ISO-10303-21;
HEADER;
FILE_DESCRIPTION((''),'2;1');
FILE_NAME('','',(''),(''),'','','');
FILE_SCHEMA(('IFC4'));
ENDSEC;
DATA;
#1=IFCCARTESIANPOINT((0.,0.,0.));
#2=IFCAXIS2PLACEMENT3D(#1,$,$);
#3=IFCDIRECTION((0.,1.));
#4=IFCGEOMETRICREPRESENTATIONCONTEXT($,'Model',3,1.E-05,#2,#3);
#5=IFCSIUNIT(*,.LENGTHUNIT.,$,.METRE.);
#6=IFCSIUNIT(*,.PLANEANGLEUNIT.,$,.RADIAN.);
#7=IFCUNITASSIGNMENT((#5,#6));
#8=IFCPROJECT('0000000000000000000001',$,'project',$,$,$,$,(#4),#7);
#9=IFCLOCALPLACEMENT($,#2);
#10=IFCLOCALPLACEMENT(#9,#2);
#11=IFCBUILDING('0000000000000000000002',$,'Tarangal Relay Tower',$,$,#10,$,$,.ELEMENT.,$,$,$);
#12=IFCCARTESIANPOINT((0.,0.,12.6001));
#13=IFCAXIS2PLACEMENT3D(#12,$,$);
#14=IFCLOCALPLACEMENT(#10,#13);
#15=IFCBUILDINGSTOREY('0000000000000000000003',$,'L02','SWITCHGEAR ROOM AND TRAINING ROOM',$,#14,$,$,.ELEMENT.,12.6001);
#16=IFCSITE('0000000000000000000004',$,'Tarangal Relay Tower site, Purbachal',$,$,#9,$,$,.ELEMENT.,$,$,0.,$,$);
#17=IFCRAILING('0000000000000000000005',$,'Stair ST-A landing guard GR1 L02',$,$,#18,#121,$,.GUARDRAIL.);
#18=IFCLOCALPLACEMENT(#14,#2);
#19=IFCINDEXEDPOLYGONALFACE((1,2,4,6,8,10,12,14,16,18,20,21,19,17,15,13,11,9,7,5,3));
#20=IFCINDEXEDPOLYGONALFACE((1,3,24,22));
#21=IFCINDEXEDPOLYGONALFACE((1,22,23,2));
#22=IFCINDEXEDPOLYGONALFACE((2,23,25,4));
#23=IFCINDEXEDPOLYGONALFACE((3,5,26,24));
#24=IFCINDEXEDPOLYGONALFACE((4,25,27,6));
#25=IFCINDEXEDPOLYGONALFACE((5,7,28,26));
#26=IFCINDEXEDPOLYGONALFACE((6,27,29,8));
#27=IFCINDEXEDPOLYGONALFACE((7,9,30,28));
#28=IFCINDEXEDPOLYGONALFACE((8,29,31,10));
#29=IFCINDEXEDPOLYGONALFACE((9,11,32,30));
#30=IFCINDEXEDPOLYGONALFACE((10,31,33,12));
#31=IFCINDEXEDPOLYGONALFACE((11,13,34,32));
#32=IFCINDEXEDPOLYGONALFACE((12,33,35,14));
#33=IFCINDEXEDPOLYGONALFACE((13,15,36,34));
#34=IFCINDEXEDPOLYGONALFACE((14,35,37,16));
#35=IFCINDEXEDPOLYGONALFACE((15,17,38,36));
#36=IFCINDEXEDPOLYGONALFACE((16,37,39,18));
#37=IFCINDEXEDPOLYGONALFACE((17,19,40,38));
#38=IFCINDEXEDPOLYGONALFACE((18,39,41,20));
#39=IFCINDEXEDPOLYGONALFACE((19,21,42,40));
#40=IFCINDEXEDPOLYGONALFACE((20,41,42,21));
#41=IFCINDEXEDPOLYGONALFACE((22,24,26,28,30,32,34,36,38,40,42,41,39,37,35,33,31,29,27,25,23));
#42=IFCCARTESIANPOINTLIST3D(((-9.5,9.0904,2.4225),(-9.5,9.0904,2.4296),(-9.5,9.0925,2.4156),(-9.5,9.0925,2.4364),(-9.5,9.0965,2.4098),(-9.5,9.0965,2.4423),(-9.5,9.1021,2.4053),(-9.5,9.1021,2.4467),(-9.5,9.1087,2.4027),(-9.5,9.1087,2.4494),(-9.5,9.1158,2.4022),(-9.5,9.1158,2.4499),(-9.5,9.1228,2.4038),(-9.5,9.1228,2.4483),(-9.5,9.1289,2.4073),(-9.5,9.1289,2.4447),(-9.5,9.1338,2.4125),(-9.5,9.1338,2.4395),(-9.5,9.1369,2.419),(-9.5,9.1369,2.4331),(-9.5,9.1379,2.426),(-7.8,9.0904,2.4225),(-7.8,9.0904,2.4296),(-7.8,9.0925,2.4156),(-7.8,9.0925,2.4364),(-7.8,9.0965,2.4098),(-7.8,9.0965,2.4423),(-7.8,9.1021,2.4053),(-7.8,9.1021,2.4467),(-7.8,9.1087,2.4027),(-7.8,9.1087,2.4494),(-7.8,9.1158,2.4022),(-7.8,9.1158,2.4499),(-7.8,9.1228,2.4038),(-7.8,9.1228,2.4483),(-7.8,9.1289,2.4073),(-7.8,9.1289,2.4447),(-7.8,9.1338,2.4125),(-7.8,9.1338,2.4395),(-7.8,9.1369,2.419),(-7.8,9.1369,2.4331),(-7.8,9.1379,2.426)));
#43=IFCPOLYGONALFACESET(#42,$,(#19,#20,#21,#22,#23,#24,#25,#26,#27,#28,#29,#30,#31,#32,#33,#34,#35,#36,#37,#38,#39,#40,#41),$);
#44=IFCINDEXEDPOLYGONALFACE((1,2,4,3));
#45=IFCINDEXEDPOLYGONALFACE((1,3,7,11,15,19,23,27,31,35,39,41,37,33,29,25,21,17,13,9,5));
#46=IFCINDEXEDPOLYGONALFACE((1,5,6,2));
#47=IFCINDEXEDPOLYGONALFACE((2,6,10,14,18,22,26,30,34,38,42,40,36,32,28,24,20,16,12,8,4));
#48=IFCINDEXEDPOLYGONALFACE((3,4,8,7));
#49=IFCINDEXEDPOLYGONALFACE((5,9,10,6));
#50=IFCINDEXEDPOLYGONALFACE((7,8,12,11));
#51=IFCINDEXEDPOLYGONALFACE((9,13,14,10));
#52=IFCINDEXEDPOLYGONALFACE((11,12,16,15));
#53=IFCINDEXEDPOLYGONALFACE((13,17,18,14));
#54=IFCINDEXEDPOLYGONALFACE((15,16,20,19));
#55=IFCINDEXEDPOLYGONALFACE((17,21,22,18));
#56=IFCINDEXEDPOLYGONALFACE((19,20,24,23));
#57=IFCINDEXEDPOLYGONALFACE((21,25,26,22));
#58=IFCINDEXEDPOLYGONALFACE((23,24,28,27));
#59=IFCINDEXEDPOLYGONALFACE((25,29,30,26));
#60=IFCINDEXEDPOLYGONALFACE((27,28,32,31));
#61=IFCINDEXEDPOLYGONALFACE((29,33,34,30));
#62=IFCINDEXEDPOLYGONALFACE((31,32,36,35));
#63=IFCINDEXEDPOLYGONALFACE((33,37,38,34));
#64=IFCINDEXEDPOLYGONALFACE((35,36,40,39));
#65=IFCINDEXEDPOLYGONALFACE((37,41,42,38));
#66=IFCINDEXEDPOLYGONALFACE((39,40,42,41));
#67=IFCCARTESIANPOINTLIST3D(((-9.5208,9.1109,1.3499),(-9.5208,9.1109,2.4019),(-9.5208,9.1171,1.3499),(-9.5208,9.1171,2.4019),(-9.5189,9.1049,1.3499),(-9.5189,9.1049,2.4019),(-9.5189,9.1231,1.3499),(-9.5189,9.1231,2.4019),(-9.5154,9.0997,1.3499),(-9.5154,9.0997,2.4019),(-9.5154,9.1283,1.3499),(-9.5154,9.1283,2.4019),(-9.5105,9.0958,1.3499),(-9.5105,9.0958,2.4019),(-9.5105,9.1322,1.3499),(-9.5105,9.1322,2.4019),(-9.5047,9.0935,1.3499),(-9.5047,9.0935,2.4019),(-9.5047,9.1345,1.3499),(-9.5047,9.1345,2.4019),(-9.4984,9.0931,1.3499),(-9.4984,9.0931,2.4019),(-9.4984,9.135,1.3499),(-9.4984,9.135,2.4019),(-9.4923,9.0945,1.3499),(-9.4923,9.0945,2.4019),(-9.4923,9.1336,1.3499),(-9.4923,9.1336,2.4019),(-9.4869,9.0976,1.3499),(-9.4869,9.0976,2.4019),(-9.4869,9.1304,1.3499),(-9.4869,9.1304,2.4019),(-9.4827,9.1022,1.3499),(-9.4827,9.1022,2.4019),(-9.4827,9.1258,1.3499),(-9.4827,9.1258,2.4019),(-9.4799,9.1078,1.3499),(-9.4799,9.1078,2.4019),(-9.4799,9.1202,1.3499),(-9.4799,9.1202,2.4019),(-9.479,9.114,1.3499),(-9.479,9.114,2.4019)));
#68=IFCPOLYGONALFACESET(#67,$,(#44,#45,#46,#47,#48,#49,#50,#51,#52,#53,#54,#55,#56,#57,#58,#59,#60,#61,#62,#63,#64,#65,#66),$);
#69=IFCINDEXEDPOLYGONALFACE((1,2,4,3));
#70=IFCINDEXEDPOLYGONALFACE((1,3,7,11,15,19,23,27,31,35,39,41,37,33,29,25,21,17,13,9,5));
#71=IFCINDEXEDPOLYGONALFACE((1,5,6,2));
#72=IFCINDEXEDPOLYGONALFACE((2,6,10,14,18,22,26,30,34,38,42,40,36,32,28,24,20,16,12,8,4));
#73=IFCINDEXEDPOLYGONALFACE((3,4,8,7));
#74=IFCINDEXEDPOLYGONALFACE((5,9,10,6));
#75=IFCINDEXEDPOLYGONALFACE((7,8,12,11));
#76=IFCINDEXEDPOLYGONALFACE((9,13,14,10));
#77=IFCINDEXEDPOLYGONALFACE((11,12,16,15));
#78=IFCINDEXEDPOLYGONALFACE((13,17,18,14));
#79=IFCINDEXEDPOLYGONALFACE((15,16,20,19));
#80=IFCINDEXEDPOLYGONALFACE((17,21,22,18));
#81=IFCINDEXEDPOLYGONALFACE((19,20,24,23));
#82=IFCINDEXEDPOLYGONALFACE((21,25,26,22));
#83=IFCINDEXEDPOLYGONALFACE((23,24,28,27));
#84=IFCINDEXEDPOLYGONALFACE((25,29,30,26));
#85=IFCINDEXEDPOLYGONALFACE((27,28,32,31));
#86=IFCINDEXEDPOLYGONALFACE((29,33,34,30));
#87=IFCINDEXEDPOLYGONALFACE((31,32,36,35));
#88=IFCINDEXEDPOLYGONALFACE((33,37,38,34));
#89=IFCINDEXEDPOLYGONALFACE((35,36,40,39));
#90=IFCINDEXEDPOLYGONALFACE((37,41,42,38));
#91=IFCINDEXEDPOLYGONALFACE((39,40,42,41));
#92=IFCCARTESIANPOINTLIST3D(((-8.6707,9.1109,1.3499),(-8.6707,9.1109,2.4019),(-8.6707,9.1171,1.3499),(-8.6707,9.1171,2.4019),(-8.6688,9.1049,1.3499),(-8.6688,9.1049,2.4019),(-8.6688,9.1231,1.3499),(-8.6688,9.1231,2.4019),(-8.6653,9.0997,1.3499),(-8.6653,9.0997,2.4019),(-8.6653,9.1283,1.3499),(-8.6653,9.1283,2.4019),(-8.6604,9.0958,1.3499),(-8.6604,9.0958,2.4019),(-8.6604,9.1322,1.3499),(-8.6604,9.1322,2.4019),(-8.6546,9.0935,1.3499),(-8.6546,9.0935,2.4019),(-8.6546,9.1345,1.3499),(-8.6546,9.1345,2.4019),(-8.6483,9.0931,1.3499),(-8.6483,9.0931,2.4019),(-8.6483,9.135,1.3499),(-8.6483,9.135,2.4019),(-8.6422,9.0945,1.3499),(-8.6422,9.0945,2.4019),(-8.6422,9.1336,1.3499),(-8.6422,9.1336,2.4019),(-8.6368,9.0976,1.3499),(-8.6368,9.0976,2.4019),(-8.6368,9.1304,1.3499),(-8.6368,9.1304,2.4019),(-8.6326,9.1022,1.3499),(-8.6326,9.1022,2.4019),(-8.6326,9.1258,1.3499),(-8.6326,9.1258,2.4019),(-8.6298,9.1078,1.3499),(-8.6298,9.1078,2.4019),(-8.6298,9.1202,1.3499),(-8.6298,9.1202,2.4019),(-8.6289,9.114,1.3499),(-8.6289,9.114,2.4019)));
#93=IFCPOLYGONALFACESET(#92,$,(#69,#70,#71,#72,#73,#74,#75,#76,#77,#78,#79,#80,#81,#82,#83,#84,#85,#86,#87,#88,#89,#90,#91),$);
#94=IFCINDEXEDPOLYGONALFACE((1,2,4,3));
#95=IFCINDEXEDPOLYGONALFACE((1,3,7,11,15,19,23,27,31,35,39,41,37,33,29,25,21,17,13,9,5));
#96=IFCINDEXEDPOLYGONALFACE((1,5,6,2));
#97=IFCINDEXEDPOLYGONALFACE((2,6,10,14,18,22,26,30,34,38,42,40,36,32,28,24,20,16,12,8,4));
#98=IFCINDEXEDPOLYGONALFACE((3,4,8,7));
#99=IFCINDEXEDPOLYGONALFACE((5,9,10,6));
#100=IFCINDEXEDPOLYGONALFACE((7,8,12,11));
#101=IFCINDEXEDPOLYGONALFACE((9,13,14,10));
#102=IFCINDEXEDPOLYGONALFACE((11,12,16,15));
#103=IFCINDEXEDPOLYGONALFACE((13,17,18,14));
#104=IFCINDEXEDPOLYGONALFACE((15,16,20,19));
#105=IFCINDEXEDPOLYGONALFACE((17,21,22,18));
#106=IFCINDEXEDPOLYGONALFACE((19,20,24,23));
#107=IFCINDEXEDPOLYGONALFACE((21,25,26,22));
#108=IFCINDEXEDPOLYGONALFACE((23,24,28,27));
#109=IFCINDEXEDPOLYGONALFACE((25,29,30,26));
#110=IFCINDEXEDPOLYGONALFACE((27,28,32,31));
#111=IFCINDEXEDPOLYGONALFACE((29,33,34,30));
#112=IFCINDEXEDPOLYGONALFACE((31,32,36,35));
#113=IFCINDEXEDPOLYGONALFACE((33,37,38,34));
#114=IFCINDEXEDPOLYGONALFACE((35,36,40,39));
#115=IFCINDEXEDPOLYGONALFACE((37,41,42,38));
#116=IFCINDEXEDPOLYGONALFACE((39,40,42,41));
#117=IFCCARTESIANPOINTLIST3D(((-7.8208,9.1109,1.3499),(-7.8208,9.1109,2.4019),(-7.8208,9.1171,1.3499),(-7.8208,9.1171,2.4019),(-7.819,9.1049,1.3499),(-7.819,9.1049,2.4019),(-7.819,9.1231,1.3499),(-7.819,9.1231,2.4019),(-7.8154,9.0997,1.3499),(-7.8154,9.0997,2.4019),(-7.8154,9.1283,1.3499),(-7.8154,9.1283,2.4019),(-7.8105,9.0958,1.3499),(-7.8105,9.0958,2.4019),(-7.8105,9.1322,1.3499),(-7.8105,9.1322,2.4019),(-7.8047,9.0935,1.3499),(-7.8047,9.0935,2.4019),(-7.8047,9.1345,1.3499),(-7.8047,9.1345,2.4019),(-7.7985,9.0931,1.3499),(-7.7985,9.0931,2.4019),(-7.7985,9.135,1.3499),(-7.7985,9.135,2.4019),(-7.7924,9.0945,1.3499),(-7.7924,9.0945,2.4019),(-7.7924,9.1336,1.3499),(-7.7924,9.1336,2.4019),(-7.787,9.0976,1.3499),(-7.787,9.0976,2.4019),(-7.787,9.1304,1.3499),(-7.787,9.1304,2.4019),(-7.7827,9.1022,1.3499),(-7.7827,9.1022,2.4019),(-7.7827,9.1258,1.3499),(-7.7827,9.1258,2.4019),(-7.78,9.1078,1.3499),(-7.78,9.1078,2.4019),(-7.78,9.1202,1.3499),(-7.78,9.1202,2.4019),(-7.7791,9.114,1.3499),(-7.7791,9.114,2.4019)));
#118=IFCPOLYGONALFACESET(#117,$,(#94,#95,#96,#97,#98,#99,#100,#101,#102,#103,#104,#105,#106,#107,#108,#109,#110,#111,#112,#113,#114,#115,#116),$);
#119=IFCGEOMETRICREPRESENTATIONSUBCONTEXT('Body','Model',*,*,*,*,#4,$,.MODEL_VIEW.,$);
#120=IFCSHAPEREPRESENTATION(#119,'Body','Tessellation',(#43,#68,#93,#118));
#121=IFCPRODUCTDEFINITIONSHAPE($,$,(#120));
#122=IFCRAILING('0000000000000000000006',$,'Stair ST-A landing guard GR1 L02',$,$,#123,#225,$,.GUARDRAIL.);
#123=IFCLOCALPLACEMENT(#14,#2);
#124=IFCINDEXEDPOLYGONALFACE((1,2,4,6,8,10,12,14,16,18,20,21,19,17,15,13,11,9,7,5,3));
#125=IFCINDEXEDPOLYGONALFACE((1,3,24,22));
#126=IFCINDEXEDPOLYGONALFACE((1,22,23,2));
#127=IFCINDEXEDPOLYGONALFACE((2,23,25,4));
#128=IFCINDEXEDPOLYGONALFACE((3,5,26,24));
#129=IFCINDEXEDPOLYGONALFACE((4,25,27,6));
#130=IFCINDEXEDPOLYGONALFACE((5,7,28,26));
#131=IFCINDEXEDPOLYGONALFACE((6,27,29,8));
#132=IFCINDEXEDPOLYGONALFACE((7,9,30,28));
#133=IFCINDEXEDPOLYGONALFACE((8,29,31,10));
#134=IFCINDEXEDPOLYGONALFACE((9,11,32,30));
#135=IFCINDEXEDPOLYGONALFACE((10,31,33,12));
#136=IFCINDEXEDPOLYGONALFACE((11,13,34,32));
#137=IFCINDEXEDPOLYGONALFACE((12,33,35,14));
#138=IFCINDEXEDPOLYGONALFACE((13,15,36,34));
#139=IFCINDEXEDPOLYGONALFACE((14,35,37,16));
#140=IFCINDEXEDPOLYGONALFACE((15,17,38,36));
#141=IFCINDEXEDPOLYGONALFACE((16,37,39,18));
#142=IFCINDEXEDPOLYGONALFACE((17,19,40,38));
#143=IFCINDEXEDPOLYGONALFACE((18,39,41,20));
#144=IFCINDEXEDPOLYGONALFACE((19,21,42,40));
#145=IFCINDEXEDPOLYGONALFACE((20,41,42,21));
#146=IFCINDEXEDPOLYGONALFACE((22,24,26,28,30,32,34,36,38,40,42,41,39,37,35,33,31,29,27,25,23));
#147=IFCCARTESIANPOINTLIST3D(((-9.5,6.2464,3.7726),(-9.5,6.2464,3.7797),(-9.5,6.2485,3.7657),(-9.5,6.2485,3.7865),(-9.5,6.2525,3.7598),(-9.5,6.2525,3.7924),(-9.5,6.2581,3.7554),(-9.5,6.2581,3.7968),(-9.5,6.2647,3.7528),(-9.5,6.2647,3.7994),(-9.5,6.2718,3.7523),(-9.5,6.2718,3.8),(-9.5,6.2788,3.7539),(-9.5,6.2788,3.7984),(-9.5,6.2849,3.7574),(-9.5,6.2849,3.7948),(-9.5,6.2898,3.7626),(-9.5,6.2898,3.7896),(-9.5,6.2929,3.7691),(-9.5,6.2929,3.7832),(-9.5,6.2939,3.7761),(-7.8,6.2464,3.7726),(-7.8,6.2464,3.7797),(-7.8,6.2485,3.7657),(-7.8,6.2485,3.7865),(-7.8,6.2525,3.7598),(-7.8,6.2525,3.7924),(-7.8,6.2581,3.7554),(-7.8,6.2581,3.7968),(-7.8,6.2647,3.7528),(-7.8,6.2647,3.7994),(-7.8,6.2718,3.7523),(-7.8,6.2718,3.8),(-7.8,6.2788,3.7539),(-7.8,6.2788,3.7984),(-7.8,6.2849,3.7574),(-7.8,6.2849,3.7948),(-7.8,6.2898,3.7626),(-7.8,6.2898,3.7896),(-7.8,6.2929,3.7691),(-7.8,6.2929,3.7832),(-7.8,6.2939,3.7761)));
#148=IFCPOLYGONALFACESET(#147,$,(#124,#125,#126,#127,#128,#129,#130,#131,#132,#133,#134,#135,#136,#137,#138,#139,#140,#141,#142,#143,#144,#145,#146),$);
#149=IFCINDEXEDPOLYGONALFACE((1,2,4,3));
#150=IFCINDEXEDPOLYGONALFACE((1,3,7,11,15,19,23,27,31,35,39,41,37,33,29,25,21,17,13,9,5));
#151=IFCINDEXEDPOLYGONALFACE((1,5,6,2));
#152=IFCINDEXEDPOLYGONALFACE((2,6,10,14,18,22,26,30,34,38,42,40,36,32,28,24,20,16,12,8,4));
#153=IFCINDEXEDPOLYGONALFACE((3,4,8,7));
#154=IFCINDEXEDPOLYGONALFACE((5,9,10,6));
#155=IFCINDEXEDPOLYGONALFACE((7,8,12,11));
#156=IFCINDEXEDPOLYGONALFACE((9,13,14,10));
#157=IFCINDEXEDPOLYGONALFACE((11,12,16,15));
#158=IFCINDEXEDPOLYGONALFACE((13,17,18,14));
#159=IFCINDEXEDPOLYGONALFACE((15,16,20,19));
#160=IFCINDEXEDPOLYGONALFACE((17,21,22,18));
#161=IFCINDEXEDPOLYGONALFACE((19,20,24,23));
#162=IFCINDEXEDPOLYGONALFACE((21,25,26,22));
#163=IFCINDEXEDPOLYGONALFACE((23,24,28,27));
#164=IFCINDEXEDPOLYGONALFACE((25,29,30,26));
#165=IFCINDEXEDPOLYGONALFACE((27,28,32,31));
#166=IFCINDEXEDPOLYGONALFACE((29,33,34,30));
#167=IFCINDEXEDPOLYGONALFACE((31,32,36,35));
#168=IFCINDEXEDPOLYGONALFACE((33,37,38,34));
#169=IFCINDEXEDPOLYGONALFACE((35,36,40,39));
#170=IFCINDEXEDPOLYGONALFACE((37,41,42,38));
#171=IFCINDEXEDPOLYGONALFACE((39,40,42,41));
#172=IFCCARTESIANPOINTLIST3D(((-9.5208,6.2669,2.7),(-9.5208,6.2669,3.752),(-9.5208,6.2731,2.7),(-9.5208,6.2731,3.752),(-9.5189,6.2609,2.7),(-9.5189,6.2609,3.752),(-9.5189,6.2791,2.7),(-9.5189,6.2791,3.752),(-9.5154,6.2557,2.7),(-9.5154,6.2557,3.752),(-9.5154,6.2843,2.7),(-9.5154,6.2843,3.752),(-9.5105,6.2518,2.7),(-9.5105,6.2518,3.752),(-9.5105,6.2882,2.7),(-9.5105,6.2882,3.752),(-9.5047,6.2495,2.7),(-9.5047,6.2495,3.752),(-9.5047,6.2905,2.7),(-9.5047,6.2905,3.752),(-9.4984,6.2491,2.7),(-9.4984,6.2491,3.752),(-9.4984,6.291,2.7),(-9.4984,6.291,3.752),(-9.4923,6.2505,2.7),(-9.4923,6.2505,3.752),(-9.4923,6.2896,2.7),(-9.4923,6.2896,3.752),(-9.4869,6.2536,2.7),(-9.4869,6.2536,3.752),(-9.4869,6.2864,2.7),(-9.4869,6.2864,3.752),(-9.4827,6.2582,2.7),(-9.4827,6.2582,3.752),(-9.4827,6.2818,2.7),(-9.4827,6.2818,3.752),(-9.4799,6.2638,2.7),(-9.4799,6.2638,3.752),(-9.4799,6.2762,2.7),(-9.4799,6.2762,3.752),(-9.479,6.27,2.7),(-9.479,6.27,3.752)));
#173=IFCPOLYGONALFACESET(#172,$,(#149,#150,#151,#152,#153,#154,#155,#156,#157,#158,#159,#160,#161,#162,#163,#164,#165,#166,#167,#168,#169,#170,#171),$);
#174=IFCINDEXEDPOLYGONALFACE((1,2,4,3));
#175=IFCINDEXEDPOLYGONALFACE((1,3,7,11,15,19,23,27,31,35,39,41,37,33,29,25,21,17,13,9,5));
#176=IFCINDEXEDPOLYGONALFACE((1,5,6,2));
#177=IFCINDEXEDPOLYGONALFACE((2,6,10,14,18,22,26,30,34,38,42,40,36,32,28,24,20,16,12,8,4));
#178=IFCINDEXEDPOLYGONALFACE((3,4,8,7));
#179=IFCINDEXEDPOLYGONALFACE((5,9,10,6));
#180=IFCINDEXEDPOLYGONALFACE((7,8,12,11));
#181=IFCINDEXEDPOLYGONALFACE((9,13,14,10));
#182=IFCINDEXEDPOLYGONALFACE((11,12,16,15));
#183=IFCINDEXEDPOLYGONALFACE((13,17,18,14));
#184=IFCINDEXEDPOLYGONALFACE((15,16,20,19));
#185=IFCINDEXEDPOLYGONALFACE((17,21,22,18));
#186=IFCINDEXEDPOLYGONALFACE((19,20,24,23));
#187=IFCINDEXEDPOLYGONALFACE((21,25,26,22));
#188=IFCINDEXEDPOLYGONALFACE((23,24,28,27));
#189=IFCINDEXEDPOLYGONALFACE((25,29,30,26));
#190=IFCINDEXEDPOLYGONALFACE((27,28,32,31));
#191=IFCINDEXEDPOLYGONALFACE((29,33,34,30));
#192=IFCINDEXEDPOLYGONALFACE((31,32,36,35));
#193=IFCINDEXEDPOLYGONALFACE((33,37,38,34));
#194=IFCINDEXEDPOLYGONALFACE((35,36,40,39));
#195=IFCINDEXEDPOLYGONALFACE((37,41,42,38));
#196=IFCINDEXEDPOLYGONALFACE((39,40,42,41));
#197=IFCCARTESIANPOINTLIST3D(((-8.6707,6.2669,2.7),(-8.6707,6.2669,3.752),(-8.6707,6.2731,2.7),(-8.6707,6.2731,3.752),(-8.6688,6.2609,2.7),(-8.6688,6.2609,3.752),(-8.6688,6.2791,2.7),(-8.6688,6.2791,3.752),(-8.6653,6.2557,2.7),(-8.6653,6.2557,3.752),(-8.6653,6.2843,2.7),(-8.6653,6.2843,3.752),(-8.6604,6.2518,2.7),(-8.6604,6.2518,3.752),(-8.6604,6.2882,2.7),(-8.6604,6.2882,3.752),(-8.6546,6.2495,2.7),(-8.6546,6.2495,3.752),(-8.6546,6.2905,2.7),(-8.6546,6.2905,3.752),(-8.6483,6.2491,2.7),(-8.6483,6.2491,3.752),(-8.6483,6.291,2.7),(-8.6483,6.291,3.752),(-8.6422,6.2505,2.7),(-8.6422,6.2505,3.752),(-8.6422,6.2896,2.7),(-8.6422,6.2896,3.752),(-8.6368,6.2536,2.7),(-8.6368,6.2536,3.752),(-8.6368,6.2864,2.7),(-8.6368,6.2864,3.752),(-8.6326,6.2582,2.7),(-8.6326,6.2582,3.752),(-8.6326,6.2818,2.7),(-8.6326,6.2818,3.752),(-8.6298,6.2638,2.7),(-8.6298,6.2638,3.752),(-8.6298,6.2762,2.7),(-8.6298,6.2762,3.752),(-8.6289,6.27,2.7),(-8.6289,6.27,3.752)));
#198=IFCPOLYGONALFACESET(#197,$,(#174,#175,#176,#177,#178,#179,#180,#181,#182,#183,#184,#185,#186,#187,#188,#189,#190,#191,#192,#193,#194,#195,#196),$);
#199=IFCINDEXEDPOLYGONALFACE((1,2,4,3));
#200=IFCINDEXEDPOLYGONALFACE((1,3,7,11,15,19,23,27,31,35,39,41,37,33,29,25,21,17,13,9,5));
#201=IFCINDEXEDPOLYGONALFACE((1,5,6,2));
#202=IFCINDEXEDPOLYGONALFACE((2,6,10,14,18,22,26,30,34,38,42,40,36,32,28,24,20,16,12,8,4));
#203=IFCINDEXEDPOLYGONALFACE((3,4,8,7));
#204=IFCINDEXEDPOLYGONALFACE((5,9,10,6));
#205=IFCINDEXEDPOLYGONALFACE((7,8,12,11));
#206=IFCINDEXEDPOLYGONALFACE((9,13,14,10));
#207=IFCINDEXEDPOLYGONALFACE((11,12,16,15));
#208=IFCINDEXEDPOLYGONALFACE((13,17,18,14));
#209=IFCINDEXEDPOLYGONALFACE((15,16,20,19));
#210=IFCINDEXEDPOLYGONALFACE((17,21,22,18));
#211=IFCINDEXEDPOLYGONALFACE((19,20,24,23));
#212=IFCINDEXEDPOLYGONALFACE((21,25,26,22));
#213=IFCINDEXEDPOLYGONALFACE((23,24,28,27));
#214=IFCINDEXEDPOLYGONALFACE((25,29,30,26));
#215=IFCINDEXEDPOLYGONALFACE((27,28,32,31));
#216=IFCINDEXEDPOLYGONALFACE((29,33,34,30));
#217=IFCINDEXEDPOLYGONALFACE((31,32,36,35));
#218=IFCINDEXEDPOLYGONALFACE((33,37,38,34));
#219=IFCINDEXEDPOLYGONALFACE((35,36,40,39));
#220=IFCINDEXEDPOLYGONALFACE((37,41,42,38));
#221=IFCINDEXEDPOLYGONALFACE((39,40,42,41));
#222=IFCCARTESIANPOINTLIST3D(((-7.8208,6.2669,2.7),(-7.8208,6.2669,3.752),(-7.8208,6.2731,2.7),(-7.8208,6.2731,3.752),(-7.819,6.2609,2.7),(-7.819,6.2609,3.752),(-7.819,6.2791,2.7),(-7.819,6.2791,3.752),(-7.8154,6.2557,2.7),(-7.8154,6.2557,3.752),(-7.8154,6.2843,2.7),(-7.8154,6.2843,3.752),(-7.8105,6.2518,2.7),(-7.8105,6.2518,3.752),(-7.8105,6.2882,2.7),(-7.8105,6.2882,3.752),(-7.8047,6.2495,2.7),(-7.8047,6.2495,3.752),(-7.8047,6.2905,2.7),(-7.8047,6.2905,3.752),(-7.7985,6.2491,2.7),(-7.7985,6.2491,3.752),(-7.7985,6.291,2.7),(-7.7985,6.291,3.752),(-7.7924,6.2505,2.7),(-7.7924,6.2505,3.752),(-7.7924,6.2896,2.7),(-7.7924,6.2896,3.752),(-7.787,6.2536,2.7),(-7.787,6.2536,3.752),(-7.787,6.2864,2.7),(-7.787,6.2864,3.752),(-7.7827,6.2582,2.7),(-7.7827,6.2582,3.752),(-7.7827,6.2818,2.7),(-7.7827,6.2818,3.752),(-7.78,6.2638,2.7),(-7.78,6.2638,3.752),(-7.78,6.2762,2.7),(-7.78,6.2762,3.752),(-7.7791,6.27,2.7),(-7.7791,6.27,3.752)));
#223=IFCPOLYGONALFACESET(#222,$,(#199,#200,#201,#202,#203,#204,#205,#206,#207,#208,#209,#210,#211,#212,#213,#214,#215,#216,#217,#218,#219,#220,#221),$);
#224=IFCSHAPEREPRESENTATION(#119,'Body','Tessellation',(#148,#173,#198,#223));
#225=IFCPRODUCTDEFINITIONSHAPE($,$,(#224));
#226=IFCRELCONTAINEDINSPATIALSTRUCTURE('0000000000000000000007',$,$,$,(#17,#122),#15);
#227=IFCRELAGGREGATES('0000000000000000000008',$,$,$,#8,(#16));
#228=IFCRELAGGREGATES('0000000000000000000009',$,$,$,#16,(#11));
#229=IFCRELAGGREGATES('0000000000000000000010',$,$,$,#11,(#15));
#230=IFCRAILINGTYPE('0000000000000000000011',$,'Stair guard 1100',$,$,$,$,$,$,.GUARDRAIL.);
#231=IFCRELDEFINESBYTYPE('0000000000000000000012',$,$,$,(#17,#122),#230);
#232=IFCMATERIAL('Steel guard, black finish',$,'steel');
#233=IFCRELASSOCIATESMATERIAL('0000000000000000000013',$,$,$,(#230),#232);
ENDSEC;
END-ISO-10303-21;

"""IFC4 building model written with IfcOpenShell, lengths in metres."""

from ifc_helpers import new_model, si_unit, direction, frame, origin, origin_2d, place, context, subcontext, project, spatial, circle, extrude, material, type_object, element, save


model = new_model("IFC4")

# Units and contexts
model_context = context("Model", 3, precision=1e-05, world=origin(), true_north=direction((0.0, 1.0)))
body_context = subcontext(model_context, "Body", "Model", "MODEL_VIEW")
ifc_project = project(units=[si_unit("LENGTHUNIT", "METRE"), si_unit("PLANEANGLEUNIT", "RADIAN")], contexts=[model_context])

# Site, building, storey
site_placement = place(None, origin())
site = spatial("IfcSite", under=ifc_project, at=site_placement, Name="Tarangal Relay Tower site, Purbachal", CompositionType="ELEMENT", RefElevation=0.0)
building_placement = place(site_placement, origin())
building = spatial("IfcBuilding", under=site, at=building_placement, Name="Tarangal Relay Tower", CompositionType="ELEMENT")
storey_placement = place(building_placement, frame((0.0, 0.0, 12.6001)))
storey = spatial("IfcBuildingStorey", under=building, at=storey_placement, Name="L02", Description="SWITCHGEAR ROOM AND TRAINING ROOM", CompositionType="ELEMENT", Elevation=12.6001)

# Railings
ifc_material_1 = material(Name="Steel guard, black finish", Category="steel")
railing_type_1 = type_object("IfcRailingType", Name="Stair guard 1100", PredefinedType="GUARDRAIL", material=ifc_material_1)
for number, where, name in (
    (1, (-9.5, 9.114, 1.3499), "Stair ST-A landing guard GR1 L02"),
    (2, (-9.5, 6.27, 2.7), "Stair ST-A landing guard GR1 L02"),
):
    element("IfcRailing", number, at=place(storey_placement, frame(where)), inside=storey, type_object=railing_type_1, Name=name, PredefinedType="GUARDRAIL", context=body_context, shape_type="SweptSolid", body=[
        extrude(circle(Radius=0.0239, at=origin_2d()), frame((0.0, 0.0, 1.0762), z_axis=(1.0, 0.0, 0.0), x_axis=(0.0, 1.0, 0.0)), (0.0, 0.0, 1.0), 1.7),
        extrude(circle(Radius=0.021, at=origin_2d()), origin(), (0.0, 0.0, 1.0), 1.052),
        extrude(circle(Radius=0.021, at=origin_2d()), frame((0.8501, 0.0, 0.0)), (0.0, 0.0, 1.0), 1.052),
        extrude(circle(Radius=0.021, at=origin_2d()), frame((1.7, 0.0, 0.0)), (0.0, 0.0, 1.0), 1.052),
    ])

save(model, "model.ifc")
